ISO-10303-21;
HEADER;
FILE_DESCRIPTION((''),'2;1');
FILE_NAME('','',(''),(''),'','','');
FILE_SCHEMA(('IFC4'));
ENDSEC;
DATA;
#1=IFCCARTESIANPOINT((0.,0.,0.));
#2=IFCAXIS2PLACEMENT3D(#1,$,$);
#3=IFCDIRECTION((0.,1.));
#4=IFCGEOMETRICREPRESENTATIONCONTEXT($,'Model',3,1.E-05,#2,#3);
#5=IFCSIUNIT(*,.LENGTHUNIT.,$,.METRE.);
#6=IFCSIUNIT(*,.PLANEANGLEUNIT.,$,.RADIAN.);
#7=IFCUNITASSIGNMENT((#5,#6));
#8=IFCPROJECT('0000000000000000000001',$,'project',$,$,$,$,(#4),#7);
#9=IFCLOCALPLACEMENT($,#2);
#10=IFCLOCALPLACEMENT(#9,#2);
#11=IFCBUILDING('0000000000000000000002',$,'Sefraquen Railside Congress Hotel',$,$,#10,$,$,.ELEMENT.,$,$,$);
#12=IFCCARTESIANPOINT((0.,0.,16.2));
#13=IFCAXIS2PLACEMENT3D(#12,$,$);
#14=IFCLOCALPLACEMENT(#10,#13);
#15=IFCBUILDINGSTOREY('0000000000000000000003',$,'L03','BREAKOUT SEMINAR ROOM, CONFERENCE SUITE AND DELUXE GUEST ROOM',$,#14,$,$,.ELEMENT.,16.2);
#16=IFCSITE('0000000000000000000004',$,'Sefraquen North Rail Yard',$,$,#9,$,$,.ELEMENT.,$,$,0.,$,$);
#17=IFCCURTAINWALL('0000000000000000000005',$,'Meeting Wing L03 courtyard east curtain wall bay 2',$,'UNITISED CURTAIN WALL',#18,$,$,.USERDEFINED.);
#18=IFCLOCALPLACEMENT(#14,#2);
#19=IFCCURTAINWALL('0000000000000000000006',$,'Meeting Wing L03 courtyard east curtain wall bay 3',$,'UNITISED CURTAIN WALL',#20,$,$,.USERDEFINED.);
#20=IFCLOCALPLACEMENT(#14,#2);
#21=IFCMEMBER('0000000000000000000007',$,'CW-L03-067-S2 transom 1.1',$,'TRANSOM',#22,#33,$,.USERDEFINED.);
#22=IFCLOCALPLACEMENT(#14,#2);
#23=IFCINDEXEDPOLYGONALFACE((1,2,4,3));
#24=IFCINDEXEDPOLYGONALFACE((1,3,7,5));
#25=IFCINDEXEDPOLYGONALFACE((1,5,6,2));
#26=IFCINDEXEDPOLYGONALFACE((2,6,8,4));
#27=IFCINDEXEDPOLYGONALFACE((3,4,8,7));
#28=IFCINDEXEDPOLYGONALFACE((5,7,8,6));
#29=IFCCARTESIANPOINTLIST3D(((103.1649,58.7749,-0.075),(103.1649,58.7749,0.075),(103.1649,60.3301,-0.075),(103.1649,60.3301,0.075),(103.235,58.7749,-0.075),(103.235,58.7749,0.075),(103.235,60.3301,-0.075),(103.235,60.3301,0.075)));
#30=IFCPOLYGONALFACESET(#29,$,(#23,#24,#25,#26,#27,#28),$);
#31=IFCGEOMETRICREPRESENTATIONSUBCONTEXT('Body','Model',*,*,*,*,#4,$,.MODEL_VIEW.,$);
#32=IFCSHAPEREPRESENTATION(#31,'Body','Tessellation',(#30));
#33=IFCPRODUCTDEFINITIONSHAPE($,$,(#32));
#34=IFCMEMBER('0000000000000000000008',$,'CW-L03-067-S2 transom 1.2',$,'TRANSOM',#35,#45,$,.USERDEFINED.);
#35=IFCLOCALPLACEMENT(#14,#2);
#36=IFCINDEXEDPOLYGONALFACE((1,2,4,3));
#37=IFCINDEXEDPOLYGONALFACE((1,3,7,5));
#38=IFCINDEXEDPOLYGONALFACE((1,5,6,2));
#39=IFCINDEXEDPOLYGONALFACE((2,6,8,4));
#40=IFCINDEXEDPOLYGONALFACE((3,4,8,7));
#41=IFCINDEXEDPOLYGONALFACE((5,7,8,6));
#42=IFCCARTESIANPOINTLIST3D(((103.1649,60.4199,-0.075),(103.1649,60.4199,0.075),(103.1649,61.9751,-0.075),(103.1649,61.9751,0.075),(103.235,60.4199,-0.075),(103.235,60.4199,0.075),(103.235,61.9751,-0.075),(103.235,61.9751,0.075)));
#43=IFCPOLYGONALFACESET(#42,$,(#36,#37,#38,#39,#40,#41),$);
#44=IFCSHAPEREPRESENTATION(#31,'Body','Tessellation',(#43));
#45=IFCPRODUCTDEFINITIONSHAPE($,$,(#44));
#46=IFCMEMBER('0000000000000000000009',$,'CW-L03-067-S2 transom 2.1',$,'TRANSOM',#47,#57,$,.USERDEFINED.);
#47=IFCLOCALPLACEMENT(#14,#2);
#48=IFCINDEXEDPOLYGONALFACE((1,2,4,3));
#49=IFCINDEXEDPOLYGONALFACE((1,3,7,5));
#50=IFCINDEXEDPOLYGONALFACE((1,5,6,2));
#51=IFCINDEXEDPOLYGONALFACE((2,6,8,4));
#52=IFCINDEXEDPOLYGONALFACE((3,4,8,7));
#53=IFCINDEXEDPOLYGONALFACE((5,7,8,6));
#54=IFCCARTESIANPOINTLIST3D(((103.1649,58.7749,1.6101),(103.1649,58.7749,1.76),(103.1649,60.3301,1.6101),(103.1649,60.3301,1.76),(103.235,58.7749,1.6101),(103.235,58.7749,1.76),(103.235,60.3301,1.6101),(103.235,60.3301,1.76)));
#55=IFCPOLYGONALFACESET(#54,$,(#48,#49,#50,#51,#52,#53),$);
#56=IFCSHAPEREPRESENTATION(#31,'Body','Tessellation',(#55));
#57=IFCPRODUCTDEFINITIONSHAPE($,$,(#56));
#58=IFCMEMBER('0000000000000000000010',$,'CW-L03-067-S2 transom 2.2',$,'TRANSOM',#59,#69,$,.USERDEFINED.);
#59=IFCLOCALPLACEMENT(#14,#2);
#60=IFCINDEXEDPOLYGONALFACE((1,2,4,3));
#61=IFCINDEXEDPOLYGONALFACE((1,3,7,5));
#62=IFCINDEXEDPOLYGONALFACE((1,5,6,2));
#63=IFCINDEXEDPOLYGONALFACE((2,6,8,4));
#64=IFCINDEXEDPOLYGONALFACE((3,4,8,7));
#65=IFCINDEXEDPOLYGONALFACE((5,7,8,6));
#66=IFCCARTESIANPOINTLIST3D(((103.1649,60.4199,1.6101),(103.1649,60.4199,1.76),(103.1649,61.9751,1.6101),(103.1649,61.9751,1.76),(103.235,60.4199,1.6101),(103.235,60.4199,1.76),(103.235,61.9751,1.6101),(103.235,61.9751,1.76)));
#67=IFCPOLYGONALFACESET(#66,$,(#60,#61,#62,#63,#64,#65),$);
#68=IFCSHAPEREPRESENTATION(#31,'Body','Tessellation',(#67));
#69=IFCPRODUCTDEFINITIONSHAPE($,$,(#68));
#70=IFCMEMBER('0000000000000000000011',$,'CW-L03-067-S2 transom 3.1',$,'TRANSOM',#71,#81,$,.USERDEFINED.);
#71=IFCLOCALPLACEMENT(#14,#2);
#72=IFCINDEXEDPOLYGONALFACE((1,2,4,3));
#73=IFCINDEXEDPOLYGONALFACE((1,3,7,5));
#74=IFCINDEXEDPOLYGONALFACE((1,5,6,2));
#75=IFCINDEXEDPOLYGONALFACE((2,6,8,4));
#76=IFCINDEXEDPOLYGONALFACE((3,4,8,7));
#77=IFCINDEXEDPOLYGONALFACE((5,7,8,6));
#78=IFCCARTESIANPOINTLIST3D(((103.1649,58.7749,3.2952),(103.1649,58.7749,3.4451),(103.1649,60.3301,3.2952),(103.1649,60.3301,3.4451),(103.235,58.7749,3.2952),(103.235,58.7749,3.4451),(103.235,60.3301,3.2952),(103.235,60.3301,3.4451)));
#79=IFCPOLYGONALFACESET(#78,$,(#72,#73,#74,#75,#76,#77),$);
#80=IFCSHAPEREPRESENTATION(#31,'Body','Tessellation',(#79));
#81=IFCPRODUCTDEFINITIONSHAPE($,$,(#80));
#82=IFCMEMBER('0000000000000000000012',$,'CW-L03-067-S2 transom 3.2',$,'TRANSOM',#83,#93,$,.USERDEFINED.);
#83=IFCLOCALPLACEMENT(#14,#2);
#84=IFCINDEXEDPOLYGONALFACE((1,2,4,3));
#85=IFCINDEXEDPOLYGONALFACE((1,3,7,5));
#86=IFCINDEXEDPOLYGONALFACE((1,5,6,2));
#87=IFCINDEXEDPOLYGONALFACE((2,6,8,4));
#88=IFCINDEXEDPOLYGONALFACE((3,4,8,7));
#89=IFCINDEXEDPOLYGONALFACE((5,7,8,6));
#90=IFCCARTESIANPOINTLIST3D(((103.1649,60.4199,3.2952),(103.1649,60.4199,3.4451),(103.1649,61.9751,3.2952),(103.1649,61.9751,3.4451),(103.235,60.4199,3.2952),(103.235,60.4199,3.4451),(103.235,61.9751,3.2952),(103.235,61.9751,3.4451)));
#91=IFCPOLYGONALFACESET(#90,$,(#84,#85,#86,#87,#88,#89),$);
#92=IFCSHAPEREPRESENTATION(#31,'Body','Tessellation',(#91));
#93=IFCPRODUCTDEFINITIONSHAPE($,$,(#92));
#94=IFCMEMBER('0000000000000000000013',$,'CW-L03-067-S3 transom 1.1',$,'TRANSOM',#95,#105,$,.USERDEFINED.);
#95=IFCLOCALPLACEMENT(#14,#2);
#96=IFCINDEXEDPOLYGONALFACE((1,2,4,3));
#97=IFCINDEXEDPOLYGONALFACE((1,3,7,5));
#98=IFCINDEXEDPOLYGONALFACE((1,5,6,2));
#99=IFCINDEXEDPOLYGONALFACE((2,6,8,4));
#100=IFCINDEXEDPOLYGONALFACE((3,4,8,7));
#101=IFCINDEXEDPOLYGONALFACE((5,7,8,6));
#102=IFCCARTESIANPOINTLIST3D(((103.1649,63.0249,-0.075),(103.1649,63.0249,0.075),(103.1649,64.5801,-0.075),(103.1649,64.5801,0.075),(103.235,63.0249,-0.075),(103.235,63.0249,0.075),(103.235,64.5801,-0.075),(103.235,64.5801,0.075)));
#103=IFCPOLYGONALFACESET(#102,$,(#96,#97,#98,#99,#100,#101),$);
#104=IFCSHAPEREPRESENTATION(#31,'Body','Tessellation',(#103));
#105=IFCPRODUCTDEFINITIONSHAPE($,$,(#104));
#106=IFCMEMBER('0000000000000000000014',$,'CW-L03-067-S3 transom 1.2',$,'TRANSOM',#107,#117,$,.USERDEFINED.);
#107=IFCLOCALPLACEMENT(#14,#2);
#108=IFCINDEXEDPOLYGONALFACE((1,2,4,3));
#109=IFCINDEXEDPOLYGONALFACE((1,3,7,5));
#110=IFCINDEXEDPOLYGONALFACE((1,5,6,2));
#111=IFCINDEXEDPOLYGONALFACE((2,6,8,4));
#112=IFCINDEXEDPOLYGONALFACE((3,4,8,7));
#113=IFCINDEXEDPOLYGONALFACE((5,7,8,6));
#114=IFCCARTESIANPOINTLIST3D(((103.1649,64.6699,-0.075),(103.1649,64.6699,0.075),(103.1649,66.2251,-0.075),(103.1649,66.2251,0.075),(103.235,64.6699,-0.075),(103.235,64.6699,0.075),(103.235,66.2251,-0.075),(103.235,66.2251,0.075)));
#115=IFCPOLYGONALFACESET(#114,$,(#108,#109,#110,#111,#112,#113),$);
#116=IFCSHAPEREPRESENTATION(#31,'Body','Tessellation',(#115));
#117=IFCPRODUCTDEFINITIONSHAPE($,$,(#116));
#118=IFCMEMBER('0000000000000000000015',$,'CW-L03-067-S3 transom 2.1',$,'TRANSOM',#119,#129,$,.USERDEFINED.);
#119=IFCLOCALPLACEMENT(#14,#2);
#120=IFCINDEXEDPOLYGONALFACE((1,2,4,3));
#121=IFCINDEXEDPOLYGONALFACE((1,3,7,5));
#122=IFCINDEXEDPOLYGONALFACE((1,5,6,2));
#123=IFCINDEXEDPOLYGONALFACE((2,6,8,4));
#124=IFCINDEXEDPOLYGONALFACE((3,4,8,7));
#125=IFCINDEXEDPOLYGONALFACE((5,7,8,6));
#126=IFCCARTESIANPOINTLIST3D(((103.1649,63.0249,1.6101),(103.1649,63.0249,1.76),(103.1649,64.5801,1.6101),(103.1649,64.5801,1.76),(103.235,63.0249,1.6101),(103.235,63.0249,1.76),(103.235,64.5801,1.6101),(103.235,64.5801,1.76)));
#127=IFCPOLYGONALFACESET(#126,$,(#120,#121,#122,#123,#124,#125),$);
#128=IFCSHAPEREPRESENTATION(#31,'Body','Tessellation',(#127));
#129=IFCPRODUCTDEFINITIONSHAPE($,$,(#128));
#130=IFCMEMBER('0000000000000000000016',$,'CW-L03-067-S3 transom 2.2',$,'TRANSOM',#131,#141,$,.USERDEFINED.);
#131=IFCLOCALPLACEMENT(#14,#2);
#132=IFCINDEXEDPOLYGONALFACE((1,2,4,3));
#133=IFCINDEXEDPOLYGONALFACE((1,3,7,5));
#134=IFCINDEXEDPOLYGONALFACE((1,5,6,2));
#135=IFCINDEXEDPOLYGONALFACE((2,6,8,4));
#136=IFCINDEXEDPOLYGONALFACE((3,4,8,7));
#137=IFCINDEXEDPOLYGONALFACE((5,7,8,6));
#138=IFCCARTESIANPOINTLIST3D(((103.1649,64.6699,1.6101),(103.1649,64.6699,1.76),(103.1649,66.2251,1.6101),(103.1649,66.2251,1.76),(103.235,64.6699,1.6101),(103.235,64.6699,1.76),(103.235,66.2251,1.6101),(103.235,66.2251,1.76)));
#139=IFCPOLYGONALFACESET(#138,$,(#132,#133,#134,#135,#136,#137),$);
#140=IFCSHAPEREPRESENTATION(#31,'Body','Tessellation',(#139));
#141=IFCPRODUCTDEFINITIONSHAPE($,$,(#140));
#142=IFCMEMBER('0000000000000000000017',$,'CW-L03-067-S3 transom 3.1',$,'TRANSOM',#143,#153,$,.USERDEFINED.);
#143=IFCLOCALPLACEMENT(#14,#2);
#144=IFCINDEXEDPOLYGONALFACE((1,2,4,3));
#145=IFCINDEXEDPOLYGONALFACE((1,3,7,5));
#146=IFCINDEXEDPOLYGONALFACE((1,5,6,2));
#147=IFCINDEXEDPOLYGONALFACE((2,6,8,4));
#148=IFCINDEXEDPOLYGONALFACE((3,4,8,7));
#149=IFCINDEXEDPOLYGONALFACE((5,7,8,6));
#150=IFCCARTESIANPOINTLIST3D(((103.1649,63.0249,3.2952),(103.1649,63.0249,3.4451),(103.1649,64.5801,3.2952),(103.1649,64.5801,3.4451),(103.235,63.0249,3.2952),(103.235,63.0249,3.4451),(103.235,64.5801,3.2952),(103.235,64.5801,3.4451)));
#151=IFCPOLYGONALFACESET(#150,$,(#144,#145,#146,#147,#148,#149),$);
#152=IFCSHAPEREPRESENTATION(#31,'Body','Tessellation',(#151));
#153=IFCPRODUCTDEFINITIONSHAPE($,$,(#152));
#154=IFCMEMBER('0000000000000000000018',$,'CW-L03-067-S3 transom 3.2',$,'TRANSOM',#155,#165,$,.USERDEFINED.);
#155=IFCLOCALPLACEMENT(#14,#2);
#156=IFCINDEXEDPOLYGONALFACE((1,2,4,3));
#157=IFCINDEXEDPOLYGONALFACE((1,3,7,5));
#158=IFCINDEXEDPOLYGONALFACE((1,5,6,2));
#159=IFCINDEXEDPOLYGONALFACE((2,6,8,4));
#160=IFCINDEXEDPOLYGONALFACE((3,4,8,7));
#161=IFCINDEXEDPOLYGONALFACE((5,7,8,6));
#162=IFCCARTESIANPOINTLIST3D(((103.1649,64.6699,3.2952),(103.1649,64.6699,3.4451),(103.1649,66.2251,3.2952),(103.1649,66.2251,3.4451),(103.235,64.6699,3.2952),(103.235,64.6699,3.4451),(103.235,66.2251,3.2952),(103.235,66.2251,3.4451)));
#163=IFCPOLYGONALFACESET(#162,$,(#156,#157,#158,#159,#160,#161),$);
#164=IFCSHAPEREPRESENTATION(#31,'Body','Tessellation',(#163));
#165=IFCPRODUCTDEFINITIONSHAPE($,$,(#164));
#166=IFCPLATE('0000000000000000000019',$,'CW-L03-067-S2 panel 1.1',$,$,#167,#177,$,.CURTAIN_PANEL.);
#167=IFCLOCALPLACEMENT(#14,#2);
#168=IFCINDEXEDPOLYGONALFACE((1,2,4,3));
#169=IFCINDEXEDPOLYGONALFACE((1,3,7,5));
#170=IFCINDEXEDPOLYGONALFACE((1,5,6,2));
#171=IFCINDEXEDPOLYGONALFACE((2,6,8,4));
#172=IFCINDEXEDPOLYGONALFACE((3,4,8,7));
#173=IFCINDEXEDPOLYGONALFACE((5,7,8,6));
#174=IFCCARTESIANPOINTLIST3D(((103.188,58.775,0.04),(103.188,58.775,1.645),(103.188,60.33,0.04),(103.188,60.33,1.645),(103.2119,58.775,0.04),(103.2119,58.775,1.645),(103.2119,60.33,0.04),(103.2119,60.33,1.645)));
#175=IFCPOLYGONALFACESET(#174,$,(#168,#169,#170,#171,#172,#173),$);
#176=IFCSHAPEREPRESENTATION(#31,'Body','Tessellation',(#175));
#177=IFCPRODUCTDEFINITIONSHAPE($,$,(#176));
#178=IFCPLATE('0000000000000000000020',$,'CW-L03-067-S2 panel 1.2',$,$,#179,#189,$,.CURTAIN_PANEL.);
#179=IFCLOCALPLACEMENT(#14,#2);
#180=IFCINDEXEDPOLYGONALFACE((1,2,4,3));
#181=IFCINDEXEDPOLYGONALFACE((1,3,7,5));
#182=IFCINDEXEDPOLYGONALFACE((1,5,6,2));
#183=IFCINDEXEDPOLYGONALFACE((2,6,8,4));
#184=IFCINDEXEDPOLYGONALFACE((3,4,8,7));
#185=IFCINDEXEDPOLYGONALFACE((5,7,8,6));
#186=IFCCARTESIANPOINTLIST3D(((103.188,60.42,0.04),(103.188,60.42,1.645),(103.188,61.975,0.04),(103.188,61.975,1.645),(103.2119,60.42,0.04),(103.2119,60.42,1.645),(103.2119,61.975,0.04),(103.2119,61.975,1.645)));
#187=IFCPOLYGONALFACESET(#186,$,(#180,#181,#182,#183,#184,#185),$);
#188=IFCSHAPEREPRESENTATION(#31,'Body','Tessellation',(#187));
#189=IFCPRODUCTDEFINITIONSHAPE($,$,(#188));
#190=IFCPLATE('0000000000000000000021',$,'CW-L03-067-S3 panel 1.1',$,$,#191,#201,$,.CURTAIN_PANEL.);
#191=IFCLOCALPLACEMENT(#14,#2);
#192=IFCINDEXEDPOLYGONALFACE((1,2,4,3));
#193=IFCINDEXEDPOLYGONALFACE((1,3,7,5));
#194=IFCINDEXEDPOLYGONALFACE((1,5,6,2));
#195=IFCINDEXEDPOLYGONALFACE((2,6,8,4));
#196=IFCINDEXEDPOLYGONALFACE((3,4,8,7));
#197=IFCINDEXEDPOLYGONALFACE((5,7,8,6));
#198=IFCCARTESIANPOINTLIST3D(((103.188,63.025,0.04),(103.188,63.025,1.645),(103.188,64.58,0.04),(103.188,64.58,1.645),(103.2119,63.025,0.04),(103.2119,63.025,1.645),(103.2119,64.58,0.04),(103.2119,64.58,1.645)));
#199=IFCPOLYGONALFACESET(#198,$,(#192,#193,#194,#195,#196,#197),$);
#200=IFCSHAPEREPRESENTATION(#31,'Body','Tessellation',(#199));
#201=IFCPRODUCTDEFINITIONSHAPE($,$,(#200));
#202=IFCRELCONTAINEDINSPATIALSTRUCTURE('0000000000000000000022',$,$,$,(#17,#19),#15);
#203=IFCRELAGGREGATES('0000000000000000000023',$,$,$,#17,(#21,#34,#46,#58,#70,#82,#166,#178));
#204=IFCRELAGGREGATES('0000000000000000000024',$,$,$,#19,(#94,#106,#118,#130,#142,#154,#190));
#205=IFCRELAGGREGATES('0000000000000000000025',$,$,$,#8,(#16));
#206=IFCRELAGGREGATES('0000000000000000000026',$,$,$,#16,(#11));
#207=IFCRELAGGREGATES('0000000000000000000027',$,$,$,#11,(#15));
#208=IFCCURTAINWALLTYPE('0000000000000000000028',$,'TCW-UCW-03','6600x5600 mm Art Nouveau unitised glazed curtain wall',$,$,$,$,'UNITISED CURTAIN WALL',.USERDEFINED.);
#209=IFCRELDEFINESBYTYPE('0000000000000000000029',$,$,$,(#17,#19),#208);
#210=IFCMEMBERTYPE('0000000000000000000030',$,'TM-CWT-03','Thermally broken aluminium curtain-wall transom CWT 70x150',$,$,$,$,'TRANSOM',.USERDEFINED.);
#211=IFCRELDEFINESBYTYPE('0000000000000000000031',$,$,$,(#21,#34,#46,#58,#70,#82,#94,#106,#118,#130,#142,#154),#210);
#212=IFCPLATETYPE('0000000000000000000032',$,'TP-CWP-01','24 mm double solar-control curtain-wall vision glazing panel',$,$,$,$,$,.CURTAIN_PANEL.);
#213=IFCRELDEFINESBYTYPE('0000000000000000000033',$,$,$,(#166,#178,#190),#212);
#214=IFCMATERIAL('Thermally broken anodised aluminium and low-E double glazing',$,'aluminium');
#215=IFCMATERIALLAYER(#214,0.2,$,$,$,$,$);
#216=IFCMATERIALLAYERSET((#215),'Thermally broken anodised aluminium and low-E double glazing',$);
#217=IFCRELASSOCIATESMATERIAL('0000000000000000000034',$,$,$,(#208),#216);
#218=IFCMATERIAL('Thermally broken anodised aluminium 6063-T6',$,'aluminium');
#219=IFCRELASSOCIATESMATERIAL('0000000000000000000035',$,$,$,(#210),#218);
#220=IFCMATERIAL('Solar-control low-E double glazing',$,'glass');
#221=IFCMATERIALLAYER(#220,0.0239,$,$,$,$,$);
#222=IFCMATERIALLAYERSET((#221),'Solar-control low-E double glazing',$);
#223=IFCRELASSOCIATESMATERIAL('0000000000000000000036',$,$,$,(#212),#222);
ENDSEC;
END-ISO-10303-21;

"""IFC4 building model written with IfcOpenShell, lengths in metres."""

from ifc_helpers import new_model, si_unit, direction, frame, origin, origin_2d, place, context, subcontext, project, spatial, rectangle, extrude, material, layer, layer_set, material_profile, profile_set, type_object, element, aggregate, save


model = new_model("IFC4")

# Units and contexts
model_context = context("Model", 3, precision=1e-05, world=origin(), true_north=direction((0.0, 1.0)))
body_context = subcontext(model_context, "Body", "Model", "MODEL_VIEW")
ifc_project = project(units=[si_unit("LENGTHUNIT", "METRE"), si_unit("PLANEANGLEUNIT", "RADIAN")], contexts=[model_context])

# Site, building, storey
site_placement = place(None, origin())
site = spatial("IfcSite", under=ifc_project, at=site_placement, Name="Sefraquen North Rail Yard", CompositionType="ELEMENT", RefElevation=0.0)
building_placement = place(site_placement, origin())
building = spatial("IfcBuilding", under=site, at=building_placement, Name="Sefraquen Railside Congress Hotel", CompositionType="ELEMENT")
storey_placement = place(building_placement, frame((0.0, 0.0, 16.2)))
storey = spatial("IfcBuildingStorey", under=building, at=storey_placement, Name="L03", Description="BREAKOUT SEMINAR ROOM, CONFERENCE SUITE AND DELUXE GUEST ROOM", CompositionType="ELEMENT", Elevation=16.2)

# Curtain walls
ifc_material_1 = material(Name="Thermally broken anodised aluminium and low-E double glazing", Category="aluminium")
ifc_layer_1 = layer(ifc_material_1, 0.2)
ifc_layer_set_1 = layer_set([ifc_layer_1], Name="Thermally broken anodised aluminium and low-E double glazing")
curtain_wall_type = type_object("IfcCurtainWallType", Name="TCW-UCW-03", Description="6600x5600 mm Art Nouveau unitised glazed curtain wall", ElementType="UNITISED CURTAIN WALL", PredefinedType="USERDEFINED", material=ifc_layer_set_1)
curtain_wall_1_placement = place(storey_placement, origin())
curtain_wall_1 = element("IfcCurtainWall", 1, at=curtain_wall_1_placement, inside=storey, type_object=curtain_wall_type, Name="Meeting Wing L03 courtyard east curtain wall bay 2", ObjectType="UNITISED CURTAIN WALL", PredefinedType="USERDEFINED")
ifc_material_2 = material(Name="Thermally broken anodised aluminium 6063-T6", Category="aluminium")
curtain_wall_2_placement = place(storey_placement, origin())
curtain_wall_2 = element("IfcCurtainWall", 2, at=curtain_wall_2_placement, inside=storey, type_object=curtain_wall_type, Name="Meeting Wing L03 courtyard east curtain wall bay 3", ObjectType="UNITISED CURTAIN WALL", PredefinedType="USERDEFINED")

# Members
ifc_material_profile_1 = material_profile(ifc_material_2, rectangle(XDim=0.0701, YDim=0.1499, at=origin_2d()), Name="CWT 70x150")
ifc_profile_set_1 = profile_set([ifc_material_profile_1], Name="Thermally broken anodised aluminium 6063-T6")
member_type_1 = type_object("IfcMemberType", Name="TM-CWT-03", Description="Thermally broken aluminium curtain-wall transom CWT 70x150", ElementType="TRANSOM", PredefinedType="USERDEFINED", material=ifc_profile_set_1)
member_1_placement = place(storey_placement, frame((103.2, 58.7749, 0.0), z_axis=(0.0, 1.0, 0.0), x_axis=(-1.0, 0.0, 0.0)))
member_1 = element("IfcMember", 3, at=member_1_placement, type_object=member_type_1, Name="CW-L03-067-S2 transom 1.1", ObjectType="TRANSOM", PredefinedType="USERDEFINED", context=body_context, shape_type="SweptSolid", body=[
    extrude(rectangle(XDim=0.0701, YDim=0.1499, at=origin_2d()), origin(), (0.0, 0.0, 1.0), 1.5552),
])
member_2_placement = place(storey_placement, frame((103.2, 60.4199, 0.0), z_axis=(0.0, 1.0, 0.0), x_axis=(-1.0, 0.0, 0.0)))
member_2 = element("IfcMember", 4, at=member_2_placement, type_object=member_type_1, Name="CW-L03-067-S2 transom 1.2", ObjectType="TRANSOM", PredefinedType="USERDEFINED", context=body_context, shape_type="SweptSolid", body=[
    extrude(rectangle(XDim=0.0701, YDim=0.1499, at=origin_2d()), origin(), (0.0, 0.0, 1.0), 1.5552),
])
member_3_placement = place(storey_placement, frame((103.2, 58.7749, 1.6851), z_axis=(0.0, 1.0, 0.0), x_axis=(-1.0, 0.0, 0.0)))
member_3 = element("IfcMember", 5, at=member_3_placement, type_object=member_type_1, Name="CW-L03-067-S2 transom 2.1", ObjectType="TRANSOM", PredefinedType="USERDEFINED", context=body_context, shape_type="SweptSolid", body=[
    extrude(rectangle(XDim=0.0701, YDim=0.1499, at=origin_2d()), origin(), (0.0, 0.0, 1.0), 1.5552),
])
member_4_placement = place(storey_placement, frame((103.2, 60.4199, 1.6851), z_axis=(0.0, 1.0, 0.0), x_axis=(-1.0, 0.0, 0.0)))
member_4 = element("IfcMember", 6, at=member_4_placement, type_object=member_type_1, Name="CW-L03-067-S2 transom 2.2", ObjectType="TRANSOM", PredefinedType="USERDEFINED", context=body_context, shape_type="SweptSolid", body=[
    extrude(rectangle(XDim=0.0701, YDim=0.1499, at=origin_2d()), origin(), (0.0, 0.0, 1.0), 1.5552),
])
member_5_placement = place(storey_placement, frame((103.2, 58.7749, 3.3701), z_axis=(0.0, 1.0, 0.0), x_axis=(-1.0, 0.0, 0.0)))
member_5 = element("IfcMember", 7, at=member_5_placement, type_object=member_type_1, Name="CW-L03-067-S2 transom 3.1", ObjectType="TRANSOM", PredefinedType="USERDEFINED", context=body_context, shape_type="SweptSolid", body=[
    extrude(rectangle(XDim=0.0701, YDim=0.1499, at=origin_2d()), origin(), (0.0, 0.0, 1.0), 1.5552),
])
member_6_placement = place(storey_placement, frame((103.2, 60.4199, 3.3701), z_axis=(0.0, 1.0, 0.0), x_axis=(-1.0, 0.0, 0.0)))
member_6 = element("IfcMember", 8, at=member_6_placement, type_object=member_type_1, Name="CW-L03-067-S2 transom 3.2", ObjectType="TRANSOM", PredefinedType="USERDEFINED", context=body_context, shape_type="SweptSolid", body=[
    extrude(rectangle(XDim=0.0701, YDim=0.1499, at=origin_2d()), origin(), (0.0, 0.0, 1.0), 1.5552),
])
member_7_placement = place(storey_placement, frame((103.2, 63.0249, 0.0), z_axis=(0.0, 1.0, 0.0), x_axis=(-1.0, 0.0, 0.0)))
member_7 = element("IfcMember", 9, at=member_7_placement, type_object=member_type_1, Name="CW-L03-067-S3 transom 1.1", ObjectType="TRANSOM", PredefinedType="USERDEFINED", context=body_context, shape_type="SweptSolid", body=[
    extrude(rectangle(XDim=0.0701, YDim=0.1499, at=origin_2d()), origin(), (0.0, 0.0, 1.0), 1.5552),
])
member_8_placement = place(storey_placement, frame((103.2, 64.6699, 0.0), z_axis=(0.0, 1.0, 0.0), x_axis=(-1.0, 0.0, 0.0)))
member_8 = element("IfcMember", 10, at=member_8_placement, type_object=member_type_1, Name="CW-L03-067-S3 transom 1.2", ObjectType="TRANSOM", PredefinedType="USERDEFINED", context=body_context, shape_type="SweptSolid", body=[
    extrude(rectangle(XDim=0.0701, YDim=0.1499, at=origin_2d()), origin(), (0.0, 0.0, 1.0), 1.5552),
])
member_9_placement = place(storey_placement, frame((103.2, 63.0249, 1.6851), z_axis=(0.0, 1.0, 0.0), x_axis=(-1.0, 0.0, 0.0)))
member_9 = element("IfcMember", 11, at=member_9_placement, type_object=member_type_1, Name="CW-L03-067-S3 transom 2.1", ObjectType="TRANSOM", PredefinedType="USERDEFINED", context=body_context, shape_type="SweptSolid", body=[
    extrude(rectangle(XDim=0.0701, YDim=0.1499, at=origin_2d()), origin(), (0.0, 0.0, 1.0), 1.5552),
])
member_10_placement = place(storey_placement, frame((103.2, 64.6699, 1.6851), z_axis=(0.0, 1.0, 0.0), x_axis=(-1.0, 0.0, 0.0)))
member_10 = element("IfcMember", 12, at=member_10_placement, type_object=member_type_1, Name="CW-L03-067-S3 transom 2.2", ObjectType="TRANSOM", PredefinedType="USERDEFINED", context=body_context, shape_type="SweptSolid", body=[
    extrude(rectangle(XDim=0.0701, YDim=0.1499, at=origin_2d()), origin(), (0.0, 0.0, 1.0), 1.5552),
])
member_11_placement = place(storey_placement, frame((103.2, 63.0249, 3.3701), z_axis=(0.0, 1.0, 0.0), x_axis=(-1.0, 0.0, 0.0)))
member_11 = element("IfcMember", 13, at=member_11_placement, type_object=member_type_1, Name="CW-L03-067-S3 transom 3.1", ObjectType="TRANSOM", PredefinedType="USERDEFINED", context=body_context, shape_type="SweptSolid", body=[
    extrude(rectangle(XDim=0.0701, YDim=0.1499, at=origin_2d()), origin(), (0.0, 0.0, 1.0), 1.5552),
])
member_12_placement = place(storey_placement, frame((103.2, 64.6699, 3.3701), z_axis=(0.0, 1.0, 0.0), x_axis=(-1.0, 0.0, 0.0)))
member_12 = element("IfcMember", 14, at=member_12_placement, type_object=member_type_1, Name="CW-L03-067-S3 transom 3.2", ObjectType="TRANSOM", PredefinedType="USERDEFINED", context=body_context, shape_type="SweptSolid", body=[
    extrude(rectangle(XDim=0.0701, YDim=0.1499, at=origin_2d()), origin(), (0.0, 0.0, 1.0), 1.5552),
])

# Plates
ifc_material_3 = material(Name="Solar-control low-E double glazing", Category="glass")
ifc_layer_2 = layer(ifc_material_3, 0.0239)
ifc_layer_set_2 = layer_set([ifc_layer_2], Name="Solar-control low-E double glazing")
plate_type_1 = type_object("IfcPlateType", Name="TP-CWP-01", Description="24 mm double solar-control curtain-wall vision glazing panel", PredefinedType="CURTAIN_PANEL", material=ifc_layer_set_2)
plate_1_placement = place(storey_placement, frame((103.2, 59.5525, 0.04), z_axis=(0.0, 0.0, 1.0), x_axis=(0.0, 1.0, 0.0)))
plate_1 = element("IfcPlate", 15, at=plate_1_placement, type_object=plate_type_1, Name="CW-L03-067-S2 panel 1.1", PredefinedType="CURTAIN_PANEL", context=body_context, shape_type="SweptSolid", body=[
    extrude(rectangle(XDim=1.5549, YDim=0.0239, at=origin_2d()), origin(), (0.0, 0.0, 1.0), 1.605),
])
plate_2_placement = place(storey_placement, frame((103.2, 61.1975, 0.04), z_axis=(0.0, 0.0, 1.0), x_axis=(0.0, 1.0, 0.0)))
plate_2 = element("IfcPlate", 16, at=plate_2_placement, type_object=plate_type_1, Name="CW-L03-067-S2 panel 1.2", PredefinedType="CURTAIN_PANEL", context=body_context, shape_type="SweptSolid", body=[
    extrude(rectangle(XDim=1.5549, YDim=0.0239, at=origin_2d()), origin(), (0.0, 0.0, 1.0), 1.605),
])
plate_3_placement = place(storey_placement, frame((103.2, 63.8025, 0.04), z_axis=(0.0, 0.0, 1.0), x_axis=(0.0, 1.0, 0.0)))
plate_3 = element("IfcPlate", 17, at=plate_3_placement, type_object=plate_type_1, Name="CW-L03-067-S3 panel 1.1", PredefinedType="CURTAIN_PANEL", context=body_context, shape_type="SweptSolid", body=[
    extrude(rectangle(XDim=1.5549, YDim=0.0239, at=origin_2d()), origin(), (0.0, 0.0, 1.0), 1.605),
])
aggregate(curtain_wall_1, [member_1, member_2, member_3, member_4, member_5, member_6, plate_1, plate_2])
aggregate(curtain_wall_2, [member_7, member_8, member_9, member_10, member_11, member_12, plate_3])

save(model, "model.ifc")
